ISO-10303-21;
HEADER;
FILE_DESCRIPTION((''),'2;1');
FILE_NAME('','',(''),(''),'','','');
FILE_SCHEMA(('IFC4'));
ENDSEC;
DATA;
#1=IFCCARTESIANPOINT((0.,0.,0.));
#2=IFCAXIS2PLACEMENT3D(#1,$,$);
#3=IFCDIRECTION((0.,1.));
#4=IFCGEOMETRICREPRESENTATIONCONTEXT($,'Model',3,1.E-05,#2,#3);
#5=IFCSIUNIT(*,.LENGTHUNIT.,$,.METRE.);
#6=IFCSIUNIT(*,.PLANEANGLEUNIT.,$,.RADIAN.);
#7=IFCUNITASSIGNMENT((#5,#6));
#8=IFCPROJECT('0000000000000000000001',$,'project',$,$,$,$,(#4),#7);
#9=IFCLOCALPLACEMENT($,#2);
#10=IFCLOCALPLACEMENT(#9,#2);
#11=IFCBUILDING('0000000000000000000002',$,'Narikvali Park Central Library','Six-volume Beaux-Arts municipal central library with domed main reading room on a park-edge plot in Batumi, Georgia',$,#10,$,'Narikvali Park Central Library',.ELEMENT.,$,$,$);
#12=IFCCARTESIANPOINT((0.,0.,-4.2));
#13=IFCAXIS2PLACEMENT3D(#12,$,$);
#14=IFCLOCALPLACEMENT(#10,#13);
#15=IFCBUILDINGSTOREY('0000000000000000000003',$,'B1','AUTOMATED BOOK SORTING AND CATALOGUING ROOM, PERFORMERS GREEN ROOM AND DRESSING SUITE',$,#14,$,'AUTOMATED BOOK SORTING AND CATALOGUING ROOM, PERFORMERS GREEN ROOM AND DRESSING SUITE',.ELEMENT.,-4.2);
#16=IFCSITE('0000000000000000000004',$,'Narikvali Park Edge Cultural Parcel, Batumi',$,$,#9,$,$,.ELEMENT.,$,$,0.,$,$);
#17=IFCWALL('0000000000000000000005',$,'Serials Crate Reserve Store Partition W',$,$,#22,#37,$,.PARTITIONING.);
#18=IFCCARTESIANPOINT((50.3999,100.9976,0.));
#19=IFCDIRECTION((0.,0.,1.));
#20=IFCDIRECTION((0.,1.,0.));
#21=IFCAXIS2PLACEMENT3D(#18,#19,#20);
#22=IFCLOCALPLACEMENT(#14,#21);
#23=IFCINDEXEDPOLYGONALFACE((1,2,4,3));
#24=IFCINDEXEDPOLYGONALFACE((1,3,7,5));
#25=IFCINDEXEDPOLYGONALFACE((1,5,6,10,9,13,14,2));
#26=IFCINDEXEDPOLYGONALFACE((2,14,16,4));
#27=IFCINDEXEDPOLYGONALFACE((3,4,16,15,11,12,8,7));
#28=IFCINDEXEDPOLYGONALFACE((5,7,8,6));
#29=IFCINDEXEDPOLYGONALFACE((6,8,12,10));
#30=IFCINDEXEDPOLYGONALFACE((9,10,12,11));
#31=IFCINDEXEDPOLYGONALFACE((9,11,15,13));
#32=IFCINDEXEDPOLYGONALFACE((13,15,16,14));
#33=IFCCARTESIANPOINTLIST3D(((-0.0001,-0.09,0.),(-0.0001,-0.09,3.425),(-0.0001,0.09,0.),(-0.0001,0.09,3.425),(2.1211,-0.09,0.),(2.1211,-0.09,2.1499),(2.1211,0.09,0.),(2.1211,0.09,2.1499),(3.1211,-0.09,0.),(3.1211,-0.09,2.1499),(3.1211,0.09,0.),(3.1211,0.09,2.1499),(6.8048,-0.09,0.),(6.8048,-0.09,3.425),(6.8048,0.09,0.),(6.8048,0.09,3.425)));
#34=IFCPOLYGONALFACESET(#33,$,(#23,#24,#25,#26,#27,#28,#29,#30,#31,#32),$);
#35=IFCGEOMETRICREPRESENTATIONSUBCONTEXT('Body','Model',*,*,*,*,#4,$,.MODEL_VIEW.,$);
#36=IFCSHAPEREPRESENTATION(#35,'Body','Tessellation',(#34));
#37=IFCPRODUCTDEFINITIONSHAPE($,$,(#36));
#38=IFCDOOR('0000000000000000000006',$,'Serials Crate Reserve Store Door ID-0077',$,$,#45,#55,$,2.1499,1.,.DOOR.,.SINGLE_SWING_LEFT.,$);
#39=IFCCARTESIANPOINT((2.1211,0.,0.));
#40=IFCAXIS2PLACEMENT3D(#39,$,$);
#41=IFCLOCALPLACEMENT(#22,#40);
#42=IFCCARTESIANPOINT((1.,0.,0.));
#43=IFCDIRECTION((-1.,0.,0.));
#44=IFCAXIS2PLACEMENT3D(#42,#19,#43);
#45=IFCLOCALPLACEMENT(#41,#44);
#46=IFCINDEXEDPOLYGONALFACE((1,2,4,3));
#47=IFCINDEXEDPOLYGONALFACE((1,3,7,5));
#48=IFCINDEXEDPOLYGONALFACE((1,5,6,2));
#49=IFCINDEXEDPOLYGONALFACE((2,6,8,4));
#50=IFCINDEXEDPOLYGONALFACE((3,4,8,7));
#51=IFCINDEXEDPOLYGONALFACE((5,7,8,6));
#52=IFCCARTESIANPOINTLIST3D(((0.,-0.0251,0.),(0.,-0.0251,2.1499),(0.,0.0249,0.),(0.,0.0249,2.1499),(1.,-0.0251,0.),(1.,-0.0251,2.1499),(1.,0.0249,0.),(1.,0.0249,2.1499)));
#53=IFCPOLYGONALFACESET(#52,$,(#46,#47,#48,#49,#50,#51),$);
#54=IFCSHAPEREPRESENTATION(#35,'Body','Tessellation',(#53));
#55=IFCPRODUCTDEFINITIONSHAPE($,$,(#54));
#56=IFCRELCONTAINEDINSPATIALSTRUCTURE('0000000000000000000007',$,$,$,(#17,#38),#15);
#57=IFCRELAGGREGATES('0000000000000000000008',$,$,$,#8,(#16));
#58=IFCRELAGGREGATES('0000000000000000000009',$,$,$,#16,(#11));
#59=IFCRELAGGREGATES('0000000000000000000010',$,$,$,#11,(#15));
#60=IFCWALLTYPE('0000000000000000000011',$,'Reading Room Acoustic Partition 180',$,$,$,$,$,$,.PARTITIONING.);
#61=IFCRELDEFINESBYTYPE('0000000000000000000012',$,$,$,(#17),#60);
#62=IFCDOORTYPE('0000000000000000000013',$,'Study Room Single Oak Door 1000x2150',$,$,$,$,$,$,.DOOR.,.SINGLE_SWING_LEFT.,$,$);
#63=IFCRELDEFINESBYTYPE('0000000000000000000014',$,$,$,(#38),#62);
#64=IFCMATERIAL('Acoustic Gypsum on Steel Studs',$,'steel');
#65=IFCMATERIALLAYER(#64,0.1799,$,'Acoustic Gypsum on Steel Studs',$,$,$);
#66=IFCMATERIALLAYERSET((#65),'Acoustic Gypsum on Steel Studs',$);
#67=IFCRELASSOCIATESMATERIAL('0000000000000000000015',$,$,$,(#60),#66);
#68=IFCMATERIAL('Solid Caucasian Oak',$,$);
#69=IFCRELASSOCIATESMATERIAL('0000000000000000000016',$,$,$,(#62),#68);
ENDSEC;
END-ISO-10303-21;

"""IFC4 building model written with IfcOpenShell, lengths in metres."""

from ifc_helpers import new_model, si_unit, direction, frame, frame_2d, origin, place, context, subcontext, project, spatial, rectangle, extrude, material, layer, layer_set, type_object, element, fill, save


model = new_model("IFC4")

# Units and contexts
model_context = context("Model", 3, precision=1e-05, world=origin(), true_north=direction((0.0, 1.0)))
body_context = subcontext(model_context, "Body", "Model", "MODEL_VIEW")
ifc_project = project(units=[si_unit("LENGTHUNIT", "METRE"), si_unit("PLANEANGLEUNIT", "RADIAN")], contexts=[model_context])

# Site, building, storey
site_placement = place(None, origin())
site = spatial("IfcSite", under=ifc_project, at=site_placement, Name="Narikvali Park Edge Cultural Parcel, Batumi", CompositionType="ELEMENT", RefElevation=0.0)
building_placement = place(site_placement, origin())
building = spatial("IfcBuilding", under=site, at=building_placement, Name="Narikvali Park Central Library", Description="Six-volume Beaux-Arts municipal central library with domed main reading room on a park-edge plot in Batumi, Georgia", LongName="Narikvali Park Central Library", CompositionType="ELEMENT")
storey_placement = place(building_placement, frame((0.0, 0.0, -4.2)))
storey = spatial("IfcBuildingStorey", under=building, at=storey_placement, Name="B1", Description="AUTOMATED BOOK SORTING AND CATALOGUING ROOM, PERFORMERS GREEN ROOM AND DRESSING SUITE", LongName="AUTOMATED BOOK SORTING AND CATALOGUING ROOM, PERFORMERS GREEN ROOM AND DRESSING SUITE", CompositionType="ELEMENT", Elevation=-4.2)

# Shared definitions
ifc_material_1 = material(Name="Acoustic Gypsum on Steel Studs", Category="steel")
ifc_layer_1 = layer(ifc_material_1, 0.1799, Name="Acoustic Gypsum on Steel Studs")
ifc_layer_set_1 = layer_set([ifc_layer_1], Name="Acoustic Gypsum on Steel Studs")
wall_type_1 = type_object("IfcWallType", Name="Reading Room Acoustic Partition 180", PredefinedType="PARTITIONING", material=ifc_layer_set_1)

# Wall, opening, door
wall_1_placement = place(storey_placement, frame((50.3999, 100.9976, 0.0), z_axis=(0.0, 0.0, 1.0), x_axis=(0.0, 1.0, 0.0)))
wall_1 = element("IfcWall", 1, at=wall_1_placement, inside=storey, type_object=wall_type_1, Name="Serials Crate Reserve Store Partition W", PredefinedType="PARTITIONING", context=body_context, shape_type="SweptSolid", body=[
    extrude(rectangle(XDim=6.8049, YDim=0.1799, at=frame_2d((3.4023, 0.0))), origin(), (0.0, 0.0, 1.0), 3.425),
])
opening_1_placement = place(wall_1_placement, frame((2.1211, 0.0, 0.0)))
opening_1 = element("IfcOpeningElement", 2, at=opening_1_placement, cuts=wall_1, PredefinedType="OPENING", context=body_context, shape_type="SweptSolid", body=[
    extrude(rectangle(XDim=1.0, YDim=2.1499, at=frame_2d((0.5, 1.075))), frame((0.0, 0.1021, 0.0), z_axis=(0.0, -1.0, 0.0), x_axis=(1.0, 0.0, 0.0)), (0.0, 0.0, 1.0), 0.2039),
])
ifc_material_2 = material(Name="Solid Caucasian Oak")
door_type_1 = type_object("IfcDoorType", Name="Study Room Single Oak Door 1000x2150", OperationType="SINGLE_SWING_LEFT", PredefinedType="DOOR", material=ifc_material_2)
door_1_placement = place(opening_1_placement, frame((1.0, 0.0, 0.0), z_axis=(0.0, 0.0, 1.0), x_axis=(-1.0, 0.0, 0.0)))
door_1 = element("IfcDoor", 3, at=door_1_placement, inside=storey, type_object=door_type_1, Name="Serials Crate Reserve Store Door ID-0077", OperationType="SINGLE_SWING_LEFT", OverallHeight=2.1499, OverallWidth=1.0, PredefinedType="DOOR", context=body_context, shape_type="SweptSolid", body=[
    extrude(rectangle(XDim=1.0, YDim=2.1499, at=frame_2d((0.5, 1.075))), frame((0.0, 0.0249, 0.0), z_axis=(0.0, -1.0, 0.0), x_axis=(1.0, 0.0, 0.0)), (0.0, 0.0, 1.0), 0.05),
])
fill(opening_1, door_1)

save(model, "model.ifc")
